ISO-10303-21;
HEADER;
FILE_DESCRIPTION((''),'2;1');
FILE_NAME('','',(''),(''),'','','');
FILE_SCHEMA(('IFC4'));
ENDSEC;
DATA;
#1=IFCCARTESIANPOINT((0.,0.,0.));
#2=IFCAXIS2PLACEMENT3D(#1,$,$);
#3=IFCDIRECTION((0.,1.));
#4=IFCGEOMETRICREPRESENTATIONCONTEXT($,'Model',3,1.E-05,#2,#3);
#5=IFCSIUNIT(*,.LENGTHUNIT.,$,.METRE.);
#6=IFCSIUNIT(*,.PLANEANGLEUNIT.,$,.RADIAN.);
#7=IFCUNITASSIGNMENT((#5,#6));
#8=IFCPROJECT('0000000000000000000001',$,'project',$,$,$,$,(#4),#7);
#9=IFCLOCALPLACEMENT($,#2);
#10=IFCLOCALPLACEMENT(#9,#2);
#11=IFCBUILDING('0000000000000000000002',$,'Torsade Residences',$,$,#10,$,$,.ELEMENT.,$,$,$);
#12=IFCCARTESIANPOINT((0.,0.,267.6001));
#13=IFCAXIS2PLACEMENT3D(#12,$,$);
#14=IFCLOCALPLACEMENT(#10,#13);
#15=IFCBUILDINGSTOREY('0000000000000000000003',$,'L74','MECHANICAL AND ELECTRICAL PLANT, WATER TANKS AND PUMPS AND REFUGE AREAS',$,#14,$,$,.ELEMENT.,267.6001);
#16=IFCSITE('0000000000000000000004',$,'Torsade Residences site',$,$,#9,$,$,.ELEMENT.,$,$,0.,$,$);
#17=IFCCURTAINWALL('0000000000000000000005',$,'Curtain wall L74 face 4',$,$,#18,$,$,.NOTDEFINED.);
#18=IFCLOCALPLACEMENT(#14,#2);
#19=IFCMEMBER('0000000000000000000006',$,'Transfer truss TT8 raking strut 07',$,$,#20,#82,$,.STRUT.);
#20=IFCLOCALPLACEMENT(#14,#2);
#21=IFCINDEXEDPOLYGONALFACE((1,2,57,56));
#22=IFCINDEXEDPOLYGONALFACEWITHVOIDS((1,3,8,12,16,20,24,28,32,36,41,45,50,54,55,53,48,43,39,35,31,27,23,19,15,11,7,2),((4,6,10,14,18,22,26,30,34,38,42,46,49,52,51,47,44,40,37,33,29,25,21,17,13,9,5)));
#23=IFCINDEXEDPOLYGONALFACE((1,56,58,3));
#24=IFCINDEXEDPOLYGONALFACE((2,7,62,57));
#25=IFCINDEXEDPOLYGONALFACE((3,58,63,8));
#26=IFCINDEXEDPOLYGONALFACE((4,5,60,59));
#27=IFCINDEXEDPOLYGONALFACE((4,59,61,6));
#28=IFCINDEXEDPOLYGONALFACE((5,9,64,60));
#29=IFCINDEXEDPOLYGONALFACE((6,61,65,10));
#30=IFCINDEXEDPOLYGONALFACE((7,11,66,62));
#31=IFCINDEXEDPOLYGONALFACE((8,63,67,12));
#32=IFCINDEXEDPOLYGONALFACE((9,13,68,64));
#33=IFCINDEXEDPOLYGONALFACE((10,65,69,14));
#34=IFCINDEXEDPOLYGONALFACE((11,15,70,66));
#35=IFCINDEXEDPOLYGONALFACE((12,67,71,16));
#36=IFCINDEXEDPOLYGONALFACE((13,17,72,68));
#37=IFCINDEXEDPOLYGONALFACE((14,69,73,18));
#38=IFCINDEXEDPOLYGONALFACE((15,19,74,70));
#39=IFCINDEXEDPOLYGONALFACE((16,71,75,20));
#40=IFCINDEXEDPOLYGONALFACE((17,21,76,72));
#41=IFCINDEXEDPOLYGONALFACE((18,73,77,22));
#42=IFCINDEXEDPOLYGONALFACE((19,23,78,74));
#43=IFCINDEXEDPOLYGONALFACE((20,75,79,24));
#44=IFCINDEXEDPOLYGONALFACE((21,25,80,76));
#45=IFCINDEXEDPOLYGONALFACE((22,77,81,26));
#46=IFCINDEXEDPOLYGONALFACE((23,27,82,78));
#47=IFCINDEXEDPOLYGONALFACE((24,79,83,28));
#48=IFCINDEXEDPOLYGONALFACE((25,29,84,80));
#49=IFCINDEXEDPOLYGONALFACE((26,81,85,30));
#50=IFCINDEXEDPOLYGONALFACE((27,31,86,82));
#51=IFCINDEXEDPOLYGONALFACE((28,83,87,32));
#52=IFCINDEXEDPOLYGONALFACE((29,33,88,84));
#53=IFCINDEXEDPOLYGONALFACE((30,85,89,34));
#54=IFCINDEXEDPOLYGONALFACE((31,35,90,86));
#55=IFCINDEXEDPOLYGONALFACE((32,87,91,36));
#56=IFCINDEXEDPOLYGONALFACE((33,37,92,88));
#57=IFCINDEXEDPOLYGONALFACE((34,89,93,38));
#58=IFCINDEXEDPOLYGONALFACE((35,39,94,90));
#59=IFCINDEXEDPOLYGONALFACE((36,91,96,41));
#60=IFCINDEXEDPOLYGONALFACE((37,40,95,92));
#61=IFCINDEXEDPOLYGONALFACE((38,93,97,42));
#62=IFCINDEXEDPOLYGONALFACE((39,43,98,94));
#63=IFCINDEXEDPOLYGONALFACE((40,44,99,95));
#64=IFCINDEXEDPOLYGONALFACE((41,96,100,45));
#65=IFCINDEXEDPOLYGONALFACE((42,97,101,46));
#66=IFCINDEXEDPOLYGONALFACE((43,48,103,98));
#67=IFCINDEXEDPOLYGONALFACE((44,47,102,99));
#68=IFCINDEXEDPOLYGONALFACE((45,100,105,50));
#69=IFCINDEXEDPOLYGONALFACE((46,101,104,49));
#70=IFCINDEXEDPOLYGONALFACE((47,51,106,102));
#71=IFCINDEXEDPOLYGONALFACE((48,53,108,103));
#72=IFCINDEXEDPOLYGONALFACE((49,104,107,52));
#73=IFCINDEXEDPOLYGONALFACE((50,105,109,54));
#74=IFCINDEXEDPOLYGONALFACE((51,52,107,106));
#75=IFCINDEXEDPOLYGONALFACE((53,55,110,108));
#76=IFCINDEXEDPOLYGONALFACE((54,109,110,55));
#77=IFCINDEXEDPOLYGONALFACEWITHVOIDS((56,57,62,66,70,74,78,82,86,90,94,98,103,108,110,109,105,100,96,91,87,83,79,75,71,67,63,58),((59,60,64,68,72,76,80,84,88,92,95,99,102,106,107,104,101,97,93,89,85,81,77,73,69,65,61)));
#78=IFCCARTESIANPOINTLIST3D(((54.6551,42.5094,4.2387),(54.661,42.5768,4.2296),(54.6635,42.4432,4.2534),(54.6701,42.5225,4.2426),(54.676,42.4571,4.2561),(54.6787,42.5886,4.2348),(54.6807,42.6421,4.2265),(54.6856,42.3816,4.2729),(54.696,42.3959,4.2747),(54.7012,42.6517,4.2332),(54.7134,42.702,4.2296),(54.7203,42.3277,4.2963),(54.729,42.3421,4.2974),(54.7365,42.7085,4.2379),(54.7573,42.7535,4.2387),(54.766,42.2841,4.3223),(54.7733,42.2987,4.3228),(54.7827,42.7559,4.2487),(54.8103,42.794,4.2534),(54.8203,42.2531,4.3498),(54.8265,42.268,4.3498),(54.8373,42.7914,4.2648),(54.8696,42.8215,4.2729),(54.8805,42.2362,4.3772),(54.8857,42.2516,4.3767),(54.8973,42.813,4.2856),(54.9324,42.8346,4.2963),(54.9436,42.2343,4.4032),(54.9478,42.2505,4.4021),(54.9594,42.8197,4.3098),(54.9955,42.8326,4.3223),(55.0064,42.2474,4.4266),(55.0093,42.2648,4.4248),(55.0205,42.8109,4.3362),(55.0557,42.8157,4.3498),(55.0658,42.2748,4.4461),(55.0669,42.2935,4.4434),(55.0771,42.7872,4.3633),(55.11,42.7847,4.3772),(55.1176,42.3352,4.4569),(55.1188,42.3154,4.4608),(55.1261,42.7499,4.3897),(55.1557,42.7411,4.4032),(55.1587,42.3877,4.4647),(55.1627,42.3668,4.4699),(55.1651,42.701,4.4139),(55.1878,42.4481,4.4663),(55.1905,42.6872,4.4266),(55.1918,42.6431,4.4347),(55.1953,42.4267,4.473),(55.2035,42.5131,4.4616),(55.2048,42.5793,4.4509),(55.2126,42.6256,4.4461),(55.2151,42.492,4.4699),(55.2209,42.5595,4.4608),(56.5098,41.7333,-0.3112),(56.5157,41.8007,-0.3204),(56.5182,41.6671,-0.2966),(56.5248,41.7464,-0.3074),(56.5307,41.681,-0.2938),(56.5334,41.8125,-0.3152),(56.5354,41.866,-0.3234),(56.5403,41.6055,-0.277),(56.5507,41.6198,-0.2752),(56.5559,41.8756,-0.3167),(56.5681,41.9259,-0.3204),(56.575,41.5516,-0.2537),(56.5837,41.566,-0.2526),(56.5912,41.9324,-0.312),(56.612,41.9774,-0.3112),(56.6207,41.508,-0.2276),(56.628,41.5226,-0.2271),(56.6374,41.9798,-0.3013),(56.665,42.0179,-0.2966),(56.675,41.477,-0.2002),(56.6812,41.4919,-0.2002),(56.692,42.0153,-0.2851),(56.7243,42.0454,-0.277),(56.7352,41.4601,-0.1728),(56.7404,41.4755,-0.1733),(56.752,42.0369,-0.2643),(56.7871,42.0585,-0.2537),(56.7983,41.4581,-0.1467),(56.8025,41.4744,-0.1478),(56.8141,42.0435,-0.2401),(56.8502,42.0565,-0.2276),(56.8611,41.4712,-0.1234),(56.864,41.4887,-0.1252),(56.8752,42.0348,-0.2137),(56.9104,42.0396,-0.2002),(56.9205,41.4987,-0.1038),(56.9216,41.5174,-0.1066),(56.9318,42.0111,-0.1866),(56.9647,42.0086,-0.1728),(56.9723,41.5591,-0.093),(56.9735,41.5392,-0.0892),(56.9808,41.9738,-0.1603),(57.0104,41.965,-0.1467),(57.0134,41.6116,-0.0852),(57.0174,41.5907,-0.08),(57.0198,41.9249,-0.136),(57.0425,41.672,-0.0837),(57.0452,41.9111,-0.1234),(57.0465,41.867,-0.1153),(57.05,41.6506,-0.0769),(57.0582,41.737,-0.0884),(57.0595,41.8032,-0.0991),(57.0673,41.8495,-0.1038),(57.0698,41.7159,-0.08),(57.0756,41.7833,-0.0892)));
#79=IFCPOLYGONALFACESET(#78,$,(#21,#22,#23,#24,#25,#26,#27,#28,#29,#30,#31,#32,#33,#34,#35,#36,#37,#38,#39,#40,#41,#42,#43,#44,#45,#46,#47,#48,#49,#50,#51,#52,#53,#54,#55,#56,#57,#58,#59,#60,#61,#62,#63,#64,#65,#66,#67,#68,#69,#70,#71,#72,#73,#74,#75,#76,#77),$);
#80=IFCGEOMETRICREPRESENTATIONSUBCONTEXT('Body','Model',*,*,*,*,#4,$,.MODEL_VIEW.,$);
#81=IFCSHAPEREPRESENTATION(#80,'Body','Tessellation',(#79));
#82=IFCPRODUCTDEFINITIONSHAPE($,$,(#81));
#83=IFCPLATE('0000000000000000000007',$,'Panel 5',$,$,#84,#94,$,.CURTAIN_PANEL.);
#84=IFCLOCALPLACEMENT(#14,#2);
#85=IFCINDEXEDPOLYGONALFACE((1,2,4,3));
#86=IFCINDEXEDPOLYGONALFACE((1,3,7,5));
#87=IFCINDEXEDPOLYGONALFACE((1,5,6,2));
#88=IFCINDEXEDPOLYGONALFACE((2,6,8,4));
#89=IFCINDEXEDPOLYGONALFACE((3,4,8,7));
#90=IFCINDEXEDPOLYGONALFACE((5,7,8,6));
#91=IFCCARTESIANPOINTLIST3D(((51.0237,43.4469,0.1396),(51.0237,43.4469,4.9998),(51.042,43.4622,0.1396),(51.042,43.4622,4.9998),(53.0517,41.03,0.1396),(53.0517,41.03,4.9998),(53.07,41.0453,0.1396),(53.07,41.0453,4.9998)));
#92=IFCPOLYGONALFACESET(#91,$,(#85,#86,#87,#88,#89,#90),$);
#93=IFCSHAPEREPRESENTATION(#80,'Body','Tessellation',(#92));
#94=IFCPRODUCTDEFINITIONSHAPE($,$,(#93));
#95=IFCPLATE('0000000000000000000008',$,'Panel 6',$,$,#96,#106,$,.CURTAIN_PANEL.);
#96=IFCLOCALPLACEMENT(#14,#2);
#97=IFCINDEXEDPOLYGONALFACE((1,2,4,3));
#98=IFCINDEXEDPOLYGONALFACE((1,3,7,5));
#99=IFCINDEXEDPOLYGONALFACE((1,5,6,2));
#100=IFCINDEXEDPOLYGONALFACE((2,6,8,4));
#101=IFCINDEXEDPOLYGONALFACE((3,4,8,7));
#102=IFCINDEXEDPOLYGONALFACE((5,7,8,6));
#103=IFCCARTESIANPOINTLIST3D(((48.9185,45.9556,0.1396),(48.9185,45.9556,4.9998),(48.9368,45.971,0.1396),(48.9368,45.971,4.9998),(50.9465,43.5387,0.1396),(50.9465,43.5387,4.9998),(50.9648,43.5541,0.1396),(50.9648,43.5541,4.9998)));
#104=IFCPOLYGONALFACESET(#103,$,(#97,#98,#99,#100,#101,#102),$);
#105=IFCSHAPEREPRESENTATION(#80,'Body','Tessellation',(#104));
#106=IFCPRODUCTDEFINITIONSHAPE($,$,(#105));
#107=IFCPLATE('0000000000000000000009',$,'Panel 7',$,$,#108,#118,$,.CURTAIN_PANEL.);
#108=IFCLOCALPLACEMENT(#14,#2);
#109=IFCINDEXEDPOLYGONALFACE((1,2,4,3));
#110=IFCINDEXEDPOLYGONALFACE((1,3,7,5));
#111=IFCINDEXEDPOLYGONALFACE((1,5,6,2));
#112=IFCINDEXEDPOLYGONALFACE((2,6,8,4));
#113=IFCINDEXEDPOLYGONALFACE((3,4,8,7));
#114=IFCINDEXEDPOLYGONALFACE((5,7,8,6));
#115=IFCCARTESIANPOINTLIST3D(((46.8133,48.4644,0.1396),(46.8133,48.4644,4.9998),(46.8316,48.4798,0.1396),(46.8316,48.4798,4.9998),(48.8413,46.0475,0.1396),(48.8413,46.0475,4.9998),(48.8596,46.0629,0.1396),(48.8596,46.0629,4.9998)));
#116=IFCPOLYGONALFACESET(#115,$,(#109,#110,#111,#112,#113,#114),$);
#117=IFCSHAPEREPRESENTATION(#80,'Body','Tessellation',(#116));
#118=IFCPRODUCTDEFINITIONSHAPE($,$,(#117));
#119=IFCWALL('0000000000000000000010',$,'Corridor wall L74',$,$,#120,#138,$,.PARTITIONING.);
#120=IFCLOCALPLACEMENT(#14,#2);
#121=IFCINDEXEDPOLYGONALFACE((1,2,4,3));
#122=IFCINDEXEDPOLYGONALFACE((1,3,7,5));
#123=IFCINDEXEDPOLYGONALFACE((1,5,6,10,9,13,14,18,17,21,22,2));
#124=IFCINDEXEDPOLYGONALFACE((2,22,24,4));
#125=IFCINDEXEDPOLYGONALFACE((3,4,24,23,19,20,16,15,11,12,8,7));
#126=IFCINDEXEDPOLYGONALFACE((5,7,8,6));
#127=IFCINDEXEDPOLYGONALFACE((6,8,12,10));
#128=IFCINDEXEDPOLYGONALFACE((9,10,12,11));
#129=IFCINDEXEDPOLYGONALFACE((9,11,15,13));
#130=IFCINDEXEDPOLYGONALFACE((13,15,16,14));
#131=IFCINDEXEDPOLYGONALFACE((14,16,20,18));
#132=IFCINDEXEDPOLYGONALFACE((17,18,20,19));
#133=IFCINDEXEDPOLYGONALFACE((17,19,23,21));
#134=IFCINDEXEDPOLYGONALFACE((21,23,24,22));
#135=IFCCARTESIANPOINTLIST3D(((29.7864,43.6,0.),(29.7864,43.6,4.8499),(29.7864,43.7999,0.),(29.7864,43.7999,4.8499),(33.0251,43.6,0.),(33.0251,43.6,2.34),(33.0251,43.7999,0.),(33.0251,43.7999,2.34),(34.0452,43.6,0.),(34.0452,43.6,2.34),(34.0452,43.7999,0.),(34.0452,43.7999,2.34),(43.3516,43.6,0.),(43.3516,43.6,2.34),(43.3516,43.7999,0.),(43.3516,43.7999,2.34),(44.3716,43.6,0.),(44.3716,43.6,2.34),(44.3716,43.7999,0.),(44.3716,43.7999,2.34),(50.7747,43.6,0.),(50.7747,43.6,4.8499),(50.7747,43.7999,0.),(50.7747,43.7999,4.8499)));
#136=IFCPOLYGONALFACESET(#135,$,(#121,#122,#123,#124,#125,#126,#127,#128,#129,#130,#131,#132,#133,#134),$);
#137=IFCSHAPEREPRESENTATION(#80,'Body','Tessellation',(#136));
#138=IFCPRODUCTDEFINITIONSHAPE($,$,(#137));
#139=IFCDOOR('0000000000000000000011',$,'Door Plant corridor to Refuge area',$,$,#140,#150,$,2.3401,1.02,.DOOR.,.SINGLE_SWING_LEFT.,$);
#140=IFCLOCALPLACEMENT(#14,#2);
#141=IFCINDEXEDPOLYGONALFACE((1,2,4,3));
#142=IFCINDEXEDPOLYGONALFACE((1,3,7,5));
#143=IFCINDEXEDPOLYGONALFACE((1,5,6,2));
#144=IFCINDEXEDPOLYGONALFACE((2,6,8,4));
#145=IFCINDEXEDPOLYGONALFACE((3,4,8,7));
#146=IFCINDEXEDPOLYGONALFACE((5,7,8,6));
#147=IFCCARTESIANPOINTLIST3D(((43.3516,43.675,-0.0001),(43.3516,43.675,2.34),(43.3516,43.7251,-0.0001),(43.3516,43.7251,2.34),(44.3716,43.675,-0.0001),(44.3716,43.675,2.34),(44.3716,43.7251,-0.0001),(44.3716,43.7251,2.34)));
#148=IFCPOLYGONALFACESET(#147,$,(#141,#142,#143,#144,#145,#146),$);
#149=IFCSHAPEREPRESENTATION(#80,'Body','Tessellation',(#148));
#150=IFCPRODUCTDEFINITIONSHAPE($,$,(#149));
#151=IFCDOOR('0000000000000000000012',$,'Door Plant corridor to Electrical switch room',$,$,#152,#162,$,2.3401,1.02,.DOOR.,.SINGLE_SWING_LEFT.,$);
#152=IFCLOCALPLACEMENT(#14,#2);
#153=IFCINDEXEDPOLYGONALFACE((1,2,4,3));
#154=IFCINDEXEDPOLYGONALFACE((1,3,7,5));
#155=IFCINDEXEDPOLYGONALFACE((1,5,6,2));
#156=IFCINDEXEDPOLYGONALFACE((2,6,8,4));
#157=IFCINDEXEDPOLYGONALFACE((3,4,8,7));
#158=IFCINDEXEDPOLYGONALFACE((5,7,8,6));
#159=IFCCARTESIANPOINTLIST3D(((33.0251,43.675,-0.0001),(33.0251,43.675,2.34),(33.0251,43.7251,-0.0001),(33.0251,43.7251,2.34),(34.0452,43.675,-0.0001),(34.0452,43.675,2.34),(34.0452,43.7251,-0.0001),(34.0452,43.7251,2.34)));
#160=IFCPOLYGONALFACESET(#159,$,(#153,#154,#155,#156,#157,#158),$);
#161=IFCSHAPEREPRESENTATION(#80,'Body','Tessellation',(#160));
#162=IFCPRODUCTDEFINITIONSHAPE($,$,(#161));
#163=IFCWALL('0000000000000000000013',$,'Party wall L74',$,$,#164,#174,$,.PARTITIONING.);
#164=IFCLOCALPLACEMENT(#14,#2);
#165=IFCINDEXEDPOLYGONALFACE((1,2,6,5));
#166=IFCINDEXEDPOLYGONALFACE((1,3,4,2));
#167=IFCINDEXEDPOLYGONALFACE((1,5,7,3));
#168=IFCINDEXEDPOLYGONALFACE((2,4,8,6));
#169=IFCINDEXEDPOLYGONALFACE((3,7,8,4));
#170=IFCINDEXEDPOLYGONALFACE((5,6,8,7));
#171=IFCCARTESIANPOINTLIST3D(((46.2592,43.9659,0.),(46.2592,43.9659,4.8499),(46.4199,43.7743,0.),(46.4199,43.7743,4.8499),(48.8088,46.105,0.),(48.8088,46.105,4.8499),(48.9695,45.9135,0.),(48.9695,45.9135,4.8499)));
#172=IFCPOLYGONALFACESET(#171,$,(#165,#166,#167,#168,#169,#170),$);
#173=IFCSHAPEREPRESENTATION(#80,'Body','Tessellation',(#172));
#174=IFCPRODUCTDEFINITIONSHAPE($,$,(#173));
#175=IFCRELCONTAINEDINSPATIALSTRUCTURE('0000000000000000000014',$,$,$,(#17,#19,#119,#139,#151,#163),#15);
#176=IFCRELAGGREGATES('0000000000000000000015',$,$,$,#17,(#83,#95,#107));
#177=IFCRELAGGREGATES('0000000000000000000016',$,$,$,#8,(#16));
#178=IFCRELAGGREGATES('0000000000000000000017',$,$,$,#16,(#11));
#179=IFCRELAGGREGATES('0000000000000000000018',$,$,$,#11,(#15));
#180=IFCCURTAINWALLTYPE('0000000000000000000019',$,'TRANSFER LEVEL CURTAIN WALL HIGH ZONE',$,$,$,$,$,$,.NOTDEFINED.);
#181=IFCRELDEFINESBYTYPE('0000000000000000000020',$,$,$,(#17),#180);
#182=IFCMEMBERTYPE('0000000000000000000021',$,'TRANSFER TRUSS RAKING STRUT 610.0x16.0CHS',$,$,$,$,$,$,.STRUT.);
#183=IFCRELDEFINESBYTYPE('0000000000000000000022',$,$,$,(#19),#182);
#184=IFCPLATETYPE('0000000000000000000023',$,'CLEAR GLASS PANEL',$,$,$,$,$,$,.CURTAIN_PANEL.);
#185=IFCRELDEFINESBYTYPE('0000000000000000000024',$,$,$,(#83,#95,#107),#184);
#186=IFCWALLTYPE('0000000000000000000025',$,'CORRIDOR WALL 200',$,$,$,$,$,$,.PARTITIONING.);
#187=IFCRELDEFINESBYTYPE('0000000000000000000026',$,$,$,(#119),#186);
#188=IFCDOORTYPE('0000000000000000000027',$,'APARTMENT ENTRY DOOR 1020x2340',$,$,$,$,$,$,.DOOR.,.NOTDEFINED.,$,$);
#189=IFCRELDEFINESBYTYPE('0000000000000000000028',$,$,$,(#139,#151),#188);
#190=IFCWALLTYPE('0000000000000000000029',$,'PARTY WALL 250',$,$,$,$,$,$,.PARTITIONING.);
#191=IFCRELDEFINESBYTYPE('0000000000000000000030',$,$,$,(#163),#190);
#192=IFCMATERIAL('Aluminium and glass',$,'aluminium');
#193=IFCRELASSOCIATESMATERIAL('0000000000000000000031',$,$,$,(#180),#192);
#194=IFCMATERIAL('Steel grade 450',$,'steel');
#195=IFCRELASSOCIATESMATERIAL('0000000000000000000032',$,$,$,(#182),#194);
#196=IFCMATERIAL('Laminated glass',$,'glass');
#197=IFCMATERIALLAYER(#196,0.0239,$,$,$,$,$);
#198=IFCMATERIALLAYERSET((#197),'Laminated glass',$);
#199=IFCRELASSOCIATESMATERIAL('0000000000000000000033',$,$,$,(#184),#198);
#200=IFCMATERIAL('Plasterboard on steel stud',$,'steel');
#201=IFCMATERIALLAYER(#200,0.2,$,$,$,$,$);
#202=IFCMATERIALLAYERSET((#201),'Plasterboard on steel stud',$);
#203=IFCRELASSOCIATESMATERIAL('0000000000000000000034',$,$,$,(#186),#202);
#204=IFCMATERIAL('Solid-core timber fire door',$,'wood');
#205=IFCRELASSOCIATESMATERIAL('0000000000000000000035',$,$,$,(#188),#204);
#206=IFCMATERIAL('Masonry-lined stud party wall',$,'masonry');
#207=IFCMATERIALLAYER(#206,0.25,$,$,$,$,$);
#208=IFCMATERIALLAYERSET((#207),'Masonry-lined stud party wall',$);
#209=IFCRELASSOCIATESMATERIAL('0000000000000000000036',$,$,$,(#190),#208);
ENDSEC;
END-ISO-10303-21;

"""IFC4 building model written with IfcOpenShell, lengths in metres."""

from ifc_helpers import new_model, si_unit, direction, frame, frame_2d, origin, origin_2d, place, context, subcontext, project, spatial, rectangle, hollow_circle, extrude, material, layer, layer_set, material_profile, profile_set, type_object, element, fill, aggregate, save


model = new_model("IFC4")

# Units and contexts
model_context = context("Model", 3, precision=1e-05, world=origin(), true_north=direction((0.0, 1.0)))
body_context = subcontext(model_context, "Body", "Model", "MODEL_VIEW")
ifc_project = project(units=[si_unit("LENGTHUNIT", "METRE"), si_unit("PLANEANGLEUNIT", "RADIAN")], contexts=[model_context])

# Site, building, storey
site_placement = place(None, origin())
site = spatial("IfcSite", under=ifc_project, at=site_placement, Name="Torsade Residences site", CompositionType="ELEMENT", RefElevation=0.0)
building_placement = place(site_placement, origin())
building = spatial("IfcBuilding", under=site, at=building_placement, Name="Torsade Residences", CompositionType="ELEMENT")
storey_placement = place(building_placement, frame((0.0, 0.0, 267.6001)))
storey = spatial("IfcBuildingStorey", under=building, at=storey_placement, Name="L74", Description="MECHANICAL AND ELECTRICAL PLANT, WATER TANKS AND PUMPS AND REFUGE AREAS", CompositionType="ELEMENT", Elevation=267.6001)

# Curtain wall
ifc_material_1 = material(Name="Aluminium and glass", Category="aluminium")
curtain_wall_type = type_object("IfcCurtainWallType", Name="TRANSFER LEVEL CURTAIN WALL HIGH ZONE", PredefinedType="NOTDEFINED", material=ifc_material_1)
curtain_wall_placement = place(storey_placement, origin())
curtain_wall = element("IfcCurtainWall", 1, at=curtain_wall_placement, inside=storey, type_object=curtain_wall_type, Name="Curtain wall L74 face 4", PredefinedType="NOTDEFINED")

# Member
ifc_material_2 = material(Name="Steel grade 450", Category="steel")
ifc_material_profile_1 = material_profile(ifc_material_2, hollow_circle(Radius=0.3049, WallThickness=0.0161, at=origin_2d()), Name="610.0x16.0CHS")
ifc_profile_set_1 = profile_set([ifc_material_profile_1], Name="Steel grade 450")
member_type_1 = type_object("IfcMemberType", Name="TRANSFER TRUSS RAKING STRUT 610.0x16.0CHS", PredefinedType="STRUT", material=ifc_profile_set_1)
member_1_placement = place(storey_placement, frame((56.7927, 41.7583, -0.2002), z_axis=(-0.372851, 0.156021, 0.91468), x_axis=(-0.38602, -0.92249, 0.0)))
element("IfcMember", 2, at=member_1_placement, inside=storey, type_object=member_type_1, Name="Transfer truss TT8 raking strut 07", PredefinedType="STRUT", context=body_context, shape_type="SweptSolid", body=[
    extrude(hollow_circle(Radius=0.3049, WallThickness=0.0161, at=origin_2d()), origin(), (0.0, 0.0, 1.0), 4.9744),
])

# Plates
ifc_material_3 = material(Name="Laminated glass", Category="glass")
ifc_layer_1 = layer(ifc_material_3, 0.0239)
ifc_layer_set_1 = layer_set([ifc_layer_1], Name="Laminated glass")
plate_type = type_object("IfcPlateType", Name="CLEAR GLASS PANEL", PredefinedType="CURTAIN_PANEL", material=ifc_layer_set_1)
plate_1_placement = place(storey_placement, frame((52.0469, 42.2461, 0.1396), z_axis=(0.0, 0.0, 1.0), x_axis=(-0.642788, 0.766044, 0.0)))
plate_1 = element("IfcPlate", 3, at=plate_1_placement, type_object=plate_type, Name="Panel 5", PredefinedType="CURTAIN_PANEL", context=body_context, shape_type="SweptSolid", body=[
    extrude(rectangle(XDim=3.155, YDim=0.0239, at=origin_2d()), origin(), (0.0, 0.0, 1.0), 4.8601),
])
plate_2_placement = place(storey_placement, frame((49.9417, 44.7549, 0.1396), z_axis=(0.0, 0.0, 1.0), x_axis=(-0.642788, 0.766044, 0.0)))
plate_2 = element("IfcPlate", 4, at=plate_2_placement, type_object=plate_type, Name="Panel 6", PredefinedType="CURTAIN_PANEL", context=body_context, shape_type="SweptSolid", body=[
    extrude(rectangle(XDim=3.155, YDim=0.0239, at=origin_2d()), origin(), (0.0, 0.0, 1.0), 4.8601),
])
plate_3_placement = place(storey_placement, frame((47.8364, 47.2637, 0.1396), z_axis=(0.0, 0.0, 1.0), x_axis=(-0.642788, 0.766044, 0.0)))
plate_3 = element("IfcPlate", 5, at=plate_3_placement, type_object=plate_type, Name="Panel 7", PredefinedType="CURTAIN_PANEL", context=body_context, shape_type="SweptSolid", body=[
    extrude(rectangle(XDim=3.155, YDim=0.0239, at=origin_2d()), origin(), (0.0, 0.0, 1.0), 4.8601),
])
aggregate(curtain_wall, [plate_1, plate_2, plate_3])

# Wall, openings, doors
ifc_material_4 = material(Name="Plasterboard on steel stud", Category="steel")
ifc_layer_2 = layer(ifc_material_4, 0.2)
ifc_layer_set_2 = layer_set([ifc_layer_2], Name="Plasterboard on steel stud")
wall_type_1 = type_object("IfcWallType", Name="CORRIDOR WALL 200", PredefinedType="PARTITIONING", material=ifc_layer_set_2)
wall_1_placement = place(storey_placement, frame((50.7747, 43.7, 0.0), z_axis=(0.0, 0.0, 1.0), x_axis=(-1.0, 0.0, 0.0)))
wall_1 = element("IfcWall", 6, at=wall_1_placement, inside=storey, type_object=wall_type_1, Name="Corridor wall L74", PredefinedType="PARTITIONING", context=body_context, shape_type="SweptSolid", body=[
    extrude(rectangle(XDim=20.9883, YDim=0.2, at=frame_2d((10.4941, 0.0))), origin(), (0.0, 0.0, 1.0), 4.8499),
])
opening_1_placement = place(wall_1_placement, frame((6.4031, 0.0, 0.0)))
opening_1 = element("IfcOpeningElement", 7, at=opening_1_placement, cuts=wall_1, PredefinedType="OPENING", context=body_context, shape_type="SweptSolid", body=[
    extrude(rectangle(XDim=1.02, YDim=2.3401, at=frame_2d((0.51, 1.1699))), frame((0.0, 0.1099, 0.0), z_axis=(0.0, -1.0, 0.0), x_axis=(1.0, 0.0, 0.0)), (0.0, 0.0, 1.0), 0.22),
])
opening_2_placement = place(wall_1_placement, frame((16.7295, 0.0, 0.0)))
opening_2 = element("IfcOpeningElement", 8, at=opening_2_placement, cuts=wall_1, PredefinedType="OPENING", context=body_context, shape_type="SweptSolid", body=[
    extrude(rectangle(XDim=1.02, YDim=2.3401, at=frame_2d((0.51, 1.1699))), frame((0.0, 0.1099, 0.0), z_axis=(0.0, -1.0, 0.0), x_axis=(1.0, 0.0, 0.0)), (0.0, 0.0, 1.0), 0.22),
])
ifc_material_5 = material(Name="Solid-core timber fire door", Category="wood")
door_type = type_object("IfcDoorType", Name="APARTMENT ENTRY DOOR 1020x2340", OperationType="NOTDEFINED", PredefinedType="DOOR", material=ifc_material_5)
door_1_placement = place(opening_1_placement, origin())
door_1 = element("IfcDoor", 9, at=door_1_placement, inside=storey, type_object=door_type, Name="Door Plant corridor to Refuge area", OperationType="SINGLE_SWING_LEFT", OverallHeight=2.3401, OverallWidth=1.02, PredefinedType="DOOR", context=body_context, shape_type="SweptSolid", body=[
    extrude(rectangle(XDim=1.02, YDim=2.3401, at=frame_2d((0.51, 1.1699))), frame((0.0, 0.0249, 0.0), z_axis=(0.0, -1.0, 0.0), x_axis=(1.0, 0.0, 0.0)), (0.0, 0.0, 1.0), 0.05),
])
fill(opening_1, door_1)
door_2_placement = place(opening_2_placement, origin())
door_2 = element("IfcDoor", 10, at=door_2_placement, inside=storey, type_object=door_type, Name="Door Plant corridor to Electrical switch room", OperationType="SINGLE_SWING_LEFT", OverallHeight=2.3401, OverallWidth=1.02, PredefinedType="DOOR", context=body_context, shape_type="SweptSolid", body=[
    extrude(rectangle(XDim=1.02, YDim=2.3401, at=frame_2d((0.51, 1.1699))), frame((0.0, 0.0249, 0.0), z_axis=(0.0, -1.0, 0.0), x_axis=(1.0, 0.0, 0.0)), (0.0, 0.0, 1.0), 0.05),
])
fill(opening_2, door_2)

# Wall
ifc_material_6 = material(Name="Masonry-lined stud party wall", Category="masonry")
ifc_layer_3 = layer(ifc_material_6, 0.25)
ifc_layer_set_3 = layer_set([ifc_layer_3], Name="Masonry-lined stud party wall")
wall_type_2 = type_object("IfcWallType", Name="PARTY WALL 250", PredefinedType="PARTITIONING", material=ifc_layer_set_3)
wall_2_placement = place(storey_placement, frame((48.8892, 46.0093, 0.0), z_axis=(0.0, 0.0, 1.0), x_axis=(-0.76607, -0.642757, 0.0)))
element("IfcWall", 11, at=wall_2_placement, inside=storey, type_object=wall_type_2, Name="Party wall L74", PredefinedType="PARTITIONING", context=body_context, shape_type="SweptSolid", body=[
    extrude(rectangle(XDim=3.3281, YDim=0.25, at=frame_2d((1.6641, 0.0))), origin(), (0.0, 0.0, 1.0), 4.8499),
])

save(model, "model.ifc")
